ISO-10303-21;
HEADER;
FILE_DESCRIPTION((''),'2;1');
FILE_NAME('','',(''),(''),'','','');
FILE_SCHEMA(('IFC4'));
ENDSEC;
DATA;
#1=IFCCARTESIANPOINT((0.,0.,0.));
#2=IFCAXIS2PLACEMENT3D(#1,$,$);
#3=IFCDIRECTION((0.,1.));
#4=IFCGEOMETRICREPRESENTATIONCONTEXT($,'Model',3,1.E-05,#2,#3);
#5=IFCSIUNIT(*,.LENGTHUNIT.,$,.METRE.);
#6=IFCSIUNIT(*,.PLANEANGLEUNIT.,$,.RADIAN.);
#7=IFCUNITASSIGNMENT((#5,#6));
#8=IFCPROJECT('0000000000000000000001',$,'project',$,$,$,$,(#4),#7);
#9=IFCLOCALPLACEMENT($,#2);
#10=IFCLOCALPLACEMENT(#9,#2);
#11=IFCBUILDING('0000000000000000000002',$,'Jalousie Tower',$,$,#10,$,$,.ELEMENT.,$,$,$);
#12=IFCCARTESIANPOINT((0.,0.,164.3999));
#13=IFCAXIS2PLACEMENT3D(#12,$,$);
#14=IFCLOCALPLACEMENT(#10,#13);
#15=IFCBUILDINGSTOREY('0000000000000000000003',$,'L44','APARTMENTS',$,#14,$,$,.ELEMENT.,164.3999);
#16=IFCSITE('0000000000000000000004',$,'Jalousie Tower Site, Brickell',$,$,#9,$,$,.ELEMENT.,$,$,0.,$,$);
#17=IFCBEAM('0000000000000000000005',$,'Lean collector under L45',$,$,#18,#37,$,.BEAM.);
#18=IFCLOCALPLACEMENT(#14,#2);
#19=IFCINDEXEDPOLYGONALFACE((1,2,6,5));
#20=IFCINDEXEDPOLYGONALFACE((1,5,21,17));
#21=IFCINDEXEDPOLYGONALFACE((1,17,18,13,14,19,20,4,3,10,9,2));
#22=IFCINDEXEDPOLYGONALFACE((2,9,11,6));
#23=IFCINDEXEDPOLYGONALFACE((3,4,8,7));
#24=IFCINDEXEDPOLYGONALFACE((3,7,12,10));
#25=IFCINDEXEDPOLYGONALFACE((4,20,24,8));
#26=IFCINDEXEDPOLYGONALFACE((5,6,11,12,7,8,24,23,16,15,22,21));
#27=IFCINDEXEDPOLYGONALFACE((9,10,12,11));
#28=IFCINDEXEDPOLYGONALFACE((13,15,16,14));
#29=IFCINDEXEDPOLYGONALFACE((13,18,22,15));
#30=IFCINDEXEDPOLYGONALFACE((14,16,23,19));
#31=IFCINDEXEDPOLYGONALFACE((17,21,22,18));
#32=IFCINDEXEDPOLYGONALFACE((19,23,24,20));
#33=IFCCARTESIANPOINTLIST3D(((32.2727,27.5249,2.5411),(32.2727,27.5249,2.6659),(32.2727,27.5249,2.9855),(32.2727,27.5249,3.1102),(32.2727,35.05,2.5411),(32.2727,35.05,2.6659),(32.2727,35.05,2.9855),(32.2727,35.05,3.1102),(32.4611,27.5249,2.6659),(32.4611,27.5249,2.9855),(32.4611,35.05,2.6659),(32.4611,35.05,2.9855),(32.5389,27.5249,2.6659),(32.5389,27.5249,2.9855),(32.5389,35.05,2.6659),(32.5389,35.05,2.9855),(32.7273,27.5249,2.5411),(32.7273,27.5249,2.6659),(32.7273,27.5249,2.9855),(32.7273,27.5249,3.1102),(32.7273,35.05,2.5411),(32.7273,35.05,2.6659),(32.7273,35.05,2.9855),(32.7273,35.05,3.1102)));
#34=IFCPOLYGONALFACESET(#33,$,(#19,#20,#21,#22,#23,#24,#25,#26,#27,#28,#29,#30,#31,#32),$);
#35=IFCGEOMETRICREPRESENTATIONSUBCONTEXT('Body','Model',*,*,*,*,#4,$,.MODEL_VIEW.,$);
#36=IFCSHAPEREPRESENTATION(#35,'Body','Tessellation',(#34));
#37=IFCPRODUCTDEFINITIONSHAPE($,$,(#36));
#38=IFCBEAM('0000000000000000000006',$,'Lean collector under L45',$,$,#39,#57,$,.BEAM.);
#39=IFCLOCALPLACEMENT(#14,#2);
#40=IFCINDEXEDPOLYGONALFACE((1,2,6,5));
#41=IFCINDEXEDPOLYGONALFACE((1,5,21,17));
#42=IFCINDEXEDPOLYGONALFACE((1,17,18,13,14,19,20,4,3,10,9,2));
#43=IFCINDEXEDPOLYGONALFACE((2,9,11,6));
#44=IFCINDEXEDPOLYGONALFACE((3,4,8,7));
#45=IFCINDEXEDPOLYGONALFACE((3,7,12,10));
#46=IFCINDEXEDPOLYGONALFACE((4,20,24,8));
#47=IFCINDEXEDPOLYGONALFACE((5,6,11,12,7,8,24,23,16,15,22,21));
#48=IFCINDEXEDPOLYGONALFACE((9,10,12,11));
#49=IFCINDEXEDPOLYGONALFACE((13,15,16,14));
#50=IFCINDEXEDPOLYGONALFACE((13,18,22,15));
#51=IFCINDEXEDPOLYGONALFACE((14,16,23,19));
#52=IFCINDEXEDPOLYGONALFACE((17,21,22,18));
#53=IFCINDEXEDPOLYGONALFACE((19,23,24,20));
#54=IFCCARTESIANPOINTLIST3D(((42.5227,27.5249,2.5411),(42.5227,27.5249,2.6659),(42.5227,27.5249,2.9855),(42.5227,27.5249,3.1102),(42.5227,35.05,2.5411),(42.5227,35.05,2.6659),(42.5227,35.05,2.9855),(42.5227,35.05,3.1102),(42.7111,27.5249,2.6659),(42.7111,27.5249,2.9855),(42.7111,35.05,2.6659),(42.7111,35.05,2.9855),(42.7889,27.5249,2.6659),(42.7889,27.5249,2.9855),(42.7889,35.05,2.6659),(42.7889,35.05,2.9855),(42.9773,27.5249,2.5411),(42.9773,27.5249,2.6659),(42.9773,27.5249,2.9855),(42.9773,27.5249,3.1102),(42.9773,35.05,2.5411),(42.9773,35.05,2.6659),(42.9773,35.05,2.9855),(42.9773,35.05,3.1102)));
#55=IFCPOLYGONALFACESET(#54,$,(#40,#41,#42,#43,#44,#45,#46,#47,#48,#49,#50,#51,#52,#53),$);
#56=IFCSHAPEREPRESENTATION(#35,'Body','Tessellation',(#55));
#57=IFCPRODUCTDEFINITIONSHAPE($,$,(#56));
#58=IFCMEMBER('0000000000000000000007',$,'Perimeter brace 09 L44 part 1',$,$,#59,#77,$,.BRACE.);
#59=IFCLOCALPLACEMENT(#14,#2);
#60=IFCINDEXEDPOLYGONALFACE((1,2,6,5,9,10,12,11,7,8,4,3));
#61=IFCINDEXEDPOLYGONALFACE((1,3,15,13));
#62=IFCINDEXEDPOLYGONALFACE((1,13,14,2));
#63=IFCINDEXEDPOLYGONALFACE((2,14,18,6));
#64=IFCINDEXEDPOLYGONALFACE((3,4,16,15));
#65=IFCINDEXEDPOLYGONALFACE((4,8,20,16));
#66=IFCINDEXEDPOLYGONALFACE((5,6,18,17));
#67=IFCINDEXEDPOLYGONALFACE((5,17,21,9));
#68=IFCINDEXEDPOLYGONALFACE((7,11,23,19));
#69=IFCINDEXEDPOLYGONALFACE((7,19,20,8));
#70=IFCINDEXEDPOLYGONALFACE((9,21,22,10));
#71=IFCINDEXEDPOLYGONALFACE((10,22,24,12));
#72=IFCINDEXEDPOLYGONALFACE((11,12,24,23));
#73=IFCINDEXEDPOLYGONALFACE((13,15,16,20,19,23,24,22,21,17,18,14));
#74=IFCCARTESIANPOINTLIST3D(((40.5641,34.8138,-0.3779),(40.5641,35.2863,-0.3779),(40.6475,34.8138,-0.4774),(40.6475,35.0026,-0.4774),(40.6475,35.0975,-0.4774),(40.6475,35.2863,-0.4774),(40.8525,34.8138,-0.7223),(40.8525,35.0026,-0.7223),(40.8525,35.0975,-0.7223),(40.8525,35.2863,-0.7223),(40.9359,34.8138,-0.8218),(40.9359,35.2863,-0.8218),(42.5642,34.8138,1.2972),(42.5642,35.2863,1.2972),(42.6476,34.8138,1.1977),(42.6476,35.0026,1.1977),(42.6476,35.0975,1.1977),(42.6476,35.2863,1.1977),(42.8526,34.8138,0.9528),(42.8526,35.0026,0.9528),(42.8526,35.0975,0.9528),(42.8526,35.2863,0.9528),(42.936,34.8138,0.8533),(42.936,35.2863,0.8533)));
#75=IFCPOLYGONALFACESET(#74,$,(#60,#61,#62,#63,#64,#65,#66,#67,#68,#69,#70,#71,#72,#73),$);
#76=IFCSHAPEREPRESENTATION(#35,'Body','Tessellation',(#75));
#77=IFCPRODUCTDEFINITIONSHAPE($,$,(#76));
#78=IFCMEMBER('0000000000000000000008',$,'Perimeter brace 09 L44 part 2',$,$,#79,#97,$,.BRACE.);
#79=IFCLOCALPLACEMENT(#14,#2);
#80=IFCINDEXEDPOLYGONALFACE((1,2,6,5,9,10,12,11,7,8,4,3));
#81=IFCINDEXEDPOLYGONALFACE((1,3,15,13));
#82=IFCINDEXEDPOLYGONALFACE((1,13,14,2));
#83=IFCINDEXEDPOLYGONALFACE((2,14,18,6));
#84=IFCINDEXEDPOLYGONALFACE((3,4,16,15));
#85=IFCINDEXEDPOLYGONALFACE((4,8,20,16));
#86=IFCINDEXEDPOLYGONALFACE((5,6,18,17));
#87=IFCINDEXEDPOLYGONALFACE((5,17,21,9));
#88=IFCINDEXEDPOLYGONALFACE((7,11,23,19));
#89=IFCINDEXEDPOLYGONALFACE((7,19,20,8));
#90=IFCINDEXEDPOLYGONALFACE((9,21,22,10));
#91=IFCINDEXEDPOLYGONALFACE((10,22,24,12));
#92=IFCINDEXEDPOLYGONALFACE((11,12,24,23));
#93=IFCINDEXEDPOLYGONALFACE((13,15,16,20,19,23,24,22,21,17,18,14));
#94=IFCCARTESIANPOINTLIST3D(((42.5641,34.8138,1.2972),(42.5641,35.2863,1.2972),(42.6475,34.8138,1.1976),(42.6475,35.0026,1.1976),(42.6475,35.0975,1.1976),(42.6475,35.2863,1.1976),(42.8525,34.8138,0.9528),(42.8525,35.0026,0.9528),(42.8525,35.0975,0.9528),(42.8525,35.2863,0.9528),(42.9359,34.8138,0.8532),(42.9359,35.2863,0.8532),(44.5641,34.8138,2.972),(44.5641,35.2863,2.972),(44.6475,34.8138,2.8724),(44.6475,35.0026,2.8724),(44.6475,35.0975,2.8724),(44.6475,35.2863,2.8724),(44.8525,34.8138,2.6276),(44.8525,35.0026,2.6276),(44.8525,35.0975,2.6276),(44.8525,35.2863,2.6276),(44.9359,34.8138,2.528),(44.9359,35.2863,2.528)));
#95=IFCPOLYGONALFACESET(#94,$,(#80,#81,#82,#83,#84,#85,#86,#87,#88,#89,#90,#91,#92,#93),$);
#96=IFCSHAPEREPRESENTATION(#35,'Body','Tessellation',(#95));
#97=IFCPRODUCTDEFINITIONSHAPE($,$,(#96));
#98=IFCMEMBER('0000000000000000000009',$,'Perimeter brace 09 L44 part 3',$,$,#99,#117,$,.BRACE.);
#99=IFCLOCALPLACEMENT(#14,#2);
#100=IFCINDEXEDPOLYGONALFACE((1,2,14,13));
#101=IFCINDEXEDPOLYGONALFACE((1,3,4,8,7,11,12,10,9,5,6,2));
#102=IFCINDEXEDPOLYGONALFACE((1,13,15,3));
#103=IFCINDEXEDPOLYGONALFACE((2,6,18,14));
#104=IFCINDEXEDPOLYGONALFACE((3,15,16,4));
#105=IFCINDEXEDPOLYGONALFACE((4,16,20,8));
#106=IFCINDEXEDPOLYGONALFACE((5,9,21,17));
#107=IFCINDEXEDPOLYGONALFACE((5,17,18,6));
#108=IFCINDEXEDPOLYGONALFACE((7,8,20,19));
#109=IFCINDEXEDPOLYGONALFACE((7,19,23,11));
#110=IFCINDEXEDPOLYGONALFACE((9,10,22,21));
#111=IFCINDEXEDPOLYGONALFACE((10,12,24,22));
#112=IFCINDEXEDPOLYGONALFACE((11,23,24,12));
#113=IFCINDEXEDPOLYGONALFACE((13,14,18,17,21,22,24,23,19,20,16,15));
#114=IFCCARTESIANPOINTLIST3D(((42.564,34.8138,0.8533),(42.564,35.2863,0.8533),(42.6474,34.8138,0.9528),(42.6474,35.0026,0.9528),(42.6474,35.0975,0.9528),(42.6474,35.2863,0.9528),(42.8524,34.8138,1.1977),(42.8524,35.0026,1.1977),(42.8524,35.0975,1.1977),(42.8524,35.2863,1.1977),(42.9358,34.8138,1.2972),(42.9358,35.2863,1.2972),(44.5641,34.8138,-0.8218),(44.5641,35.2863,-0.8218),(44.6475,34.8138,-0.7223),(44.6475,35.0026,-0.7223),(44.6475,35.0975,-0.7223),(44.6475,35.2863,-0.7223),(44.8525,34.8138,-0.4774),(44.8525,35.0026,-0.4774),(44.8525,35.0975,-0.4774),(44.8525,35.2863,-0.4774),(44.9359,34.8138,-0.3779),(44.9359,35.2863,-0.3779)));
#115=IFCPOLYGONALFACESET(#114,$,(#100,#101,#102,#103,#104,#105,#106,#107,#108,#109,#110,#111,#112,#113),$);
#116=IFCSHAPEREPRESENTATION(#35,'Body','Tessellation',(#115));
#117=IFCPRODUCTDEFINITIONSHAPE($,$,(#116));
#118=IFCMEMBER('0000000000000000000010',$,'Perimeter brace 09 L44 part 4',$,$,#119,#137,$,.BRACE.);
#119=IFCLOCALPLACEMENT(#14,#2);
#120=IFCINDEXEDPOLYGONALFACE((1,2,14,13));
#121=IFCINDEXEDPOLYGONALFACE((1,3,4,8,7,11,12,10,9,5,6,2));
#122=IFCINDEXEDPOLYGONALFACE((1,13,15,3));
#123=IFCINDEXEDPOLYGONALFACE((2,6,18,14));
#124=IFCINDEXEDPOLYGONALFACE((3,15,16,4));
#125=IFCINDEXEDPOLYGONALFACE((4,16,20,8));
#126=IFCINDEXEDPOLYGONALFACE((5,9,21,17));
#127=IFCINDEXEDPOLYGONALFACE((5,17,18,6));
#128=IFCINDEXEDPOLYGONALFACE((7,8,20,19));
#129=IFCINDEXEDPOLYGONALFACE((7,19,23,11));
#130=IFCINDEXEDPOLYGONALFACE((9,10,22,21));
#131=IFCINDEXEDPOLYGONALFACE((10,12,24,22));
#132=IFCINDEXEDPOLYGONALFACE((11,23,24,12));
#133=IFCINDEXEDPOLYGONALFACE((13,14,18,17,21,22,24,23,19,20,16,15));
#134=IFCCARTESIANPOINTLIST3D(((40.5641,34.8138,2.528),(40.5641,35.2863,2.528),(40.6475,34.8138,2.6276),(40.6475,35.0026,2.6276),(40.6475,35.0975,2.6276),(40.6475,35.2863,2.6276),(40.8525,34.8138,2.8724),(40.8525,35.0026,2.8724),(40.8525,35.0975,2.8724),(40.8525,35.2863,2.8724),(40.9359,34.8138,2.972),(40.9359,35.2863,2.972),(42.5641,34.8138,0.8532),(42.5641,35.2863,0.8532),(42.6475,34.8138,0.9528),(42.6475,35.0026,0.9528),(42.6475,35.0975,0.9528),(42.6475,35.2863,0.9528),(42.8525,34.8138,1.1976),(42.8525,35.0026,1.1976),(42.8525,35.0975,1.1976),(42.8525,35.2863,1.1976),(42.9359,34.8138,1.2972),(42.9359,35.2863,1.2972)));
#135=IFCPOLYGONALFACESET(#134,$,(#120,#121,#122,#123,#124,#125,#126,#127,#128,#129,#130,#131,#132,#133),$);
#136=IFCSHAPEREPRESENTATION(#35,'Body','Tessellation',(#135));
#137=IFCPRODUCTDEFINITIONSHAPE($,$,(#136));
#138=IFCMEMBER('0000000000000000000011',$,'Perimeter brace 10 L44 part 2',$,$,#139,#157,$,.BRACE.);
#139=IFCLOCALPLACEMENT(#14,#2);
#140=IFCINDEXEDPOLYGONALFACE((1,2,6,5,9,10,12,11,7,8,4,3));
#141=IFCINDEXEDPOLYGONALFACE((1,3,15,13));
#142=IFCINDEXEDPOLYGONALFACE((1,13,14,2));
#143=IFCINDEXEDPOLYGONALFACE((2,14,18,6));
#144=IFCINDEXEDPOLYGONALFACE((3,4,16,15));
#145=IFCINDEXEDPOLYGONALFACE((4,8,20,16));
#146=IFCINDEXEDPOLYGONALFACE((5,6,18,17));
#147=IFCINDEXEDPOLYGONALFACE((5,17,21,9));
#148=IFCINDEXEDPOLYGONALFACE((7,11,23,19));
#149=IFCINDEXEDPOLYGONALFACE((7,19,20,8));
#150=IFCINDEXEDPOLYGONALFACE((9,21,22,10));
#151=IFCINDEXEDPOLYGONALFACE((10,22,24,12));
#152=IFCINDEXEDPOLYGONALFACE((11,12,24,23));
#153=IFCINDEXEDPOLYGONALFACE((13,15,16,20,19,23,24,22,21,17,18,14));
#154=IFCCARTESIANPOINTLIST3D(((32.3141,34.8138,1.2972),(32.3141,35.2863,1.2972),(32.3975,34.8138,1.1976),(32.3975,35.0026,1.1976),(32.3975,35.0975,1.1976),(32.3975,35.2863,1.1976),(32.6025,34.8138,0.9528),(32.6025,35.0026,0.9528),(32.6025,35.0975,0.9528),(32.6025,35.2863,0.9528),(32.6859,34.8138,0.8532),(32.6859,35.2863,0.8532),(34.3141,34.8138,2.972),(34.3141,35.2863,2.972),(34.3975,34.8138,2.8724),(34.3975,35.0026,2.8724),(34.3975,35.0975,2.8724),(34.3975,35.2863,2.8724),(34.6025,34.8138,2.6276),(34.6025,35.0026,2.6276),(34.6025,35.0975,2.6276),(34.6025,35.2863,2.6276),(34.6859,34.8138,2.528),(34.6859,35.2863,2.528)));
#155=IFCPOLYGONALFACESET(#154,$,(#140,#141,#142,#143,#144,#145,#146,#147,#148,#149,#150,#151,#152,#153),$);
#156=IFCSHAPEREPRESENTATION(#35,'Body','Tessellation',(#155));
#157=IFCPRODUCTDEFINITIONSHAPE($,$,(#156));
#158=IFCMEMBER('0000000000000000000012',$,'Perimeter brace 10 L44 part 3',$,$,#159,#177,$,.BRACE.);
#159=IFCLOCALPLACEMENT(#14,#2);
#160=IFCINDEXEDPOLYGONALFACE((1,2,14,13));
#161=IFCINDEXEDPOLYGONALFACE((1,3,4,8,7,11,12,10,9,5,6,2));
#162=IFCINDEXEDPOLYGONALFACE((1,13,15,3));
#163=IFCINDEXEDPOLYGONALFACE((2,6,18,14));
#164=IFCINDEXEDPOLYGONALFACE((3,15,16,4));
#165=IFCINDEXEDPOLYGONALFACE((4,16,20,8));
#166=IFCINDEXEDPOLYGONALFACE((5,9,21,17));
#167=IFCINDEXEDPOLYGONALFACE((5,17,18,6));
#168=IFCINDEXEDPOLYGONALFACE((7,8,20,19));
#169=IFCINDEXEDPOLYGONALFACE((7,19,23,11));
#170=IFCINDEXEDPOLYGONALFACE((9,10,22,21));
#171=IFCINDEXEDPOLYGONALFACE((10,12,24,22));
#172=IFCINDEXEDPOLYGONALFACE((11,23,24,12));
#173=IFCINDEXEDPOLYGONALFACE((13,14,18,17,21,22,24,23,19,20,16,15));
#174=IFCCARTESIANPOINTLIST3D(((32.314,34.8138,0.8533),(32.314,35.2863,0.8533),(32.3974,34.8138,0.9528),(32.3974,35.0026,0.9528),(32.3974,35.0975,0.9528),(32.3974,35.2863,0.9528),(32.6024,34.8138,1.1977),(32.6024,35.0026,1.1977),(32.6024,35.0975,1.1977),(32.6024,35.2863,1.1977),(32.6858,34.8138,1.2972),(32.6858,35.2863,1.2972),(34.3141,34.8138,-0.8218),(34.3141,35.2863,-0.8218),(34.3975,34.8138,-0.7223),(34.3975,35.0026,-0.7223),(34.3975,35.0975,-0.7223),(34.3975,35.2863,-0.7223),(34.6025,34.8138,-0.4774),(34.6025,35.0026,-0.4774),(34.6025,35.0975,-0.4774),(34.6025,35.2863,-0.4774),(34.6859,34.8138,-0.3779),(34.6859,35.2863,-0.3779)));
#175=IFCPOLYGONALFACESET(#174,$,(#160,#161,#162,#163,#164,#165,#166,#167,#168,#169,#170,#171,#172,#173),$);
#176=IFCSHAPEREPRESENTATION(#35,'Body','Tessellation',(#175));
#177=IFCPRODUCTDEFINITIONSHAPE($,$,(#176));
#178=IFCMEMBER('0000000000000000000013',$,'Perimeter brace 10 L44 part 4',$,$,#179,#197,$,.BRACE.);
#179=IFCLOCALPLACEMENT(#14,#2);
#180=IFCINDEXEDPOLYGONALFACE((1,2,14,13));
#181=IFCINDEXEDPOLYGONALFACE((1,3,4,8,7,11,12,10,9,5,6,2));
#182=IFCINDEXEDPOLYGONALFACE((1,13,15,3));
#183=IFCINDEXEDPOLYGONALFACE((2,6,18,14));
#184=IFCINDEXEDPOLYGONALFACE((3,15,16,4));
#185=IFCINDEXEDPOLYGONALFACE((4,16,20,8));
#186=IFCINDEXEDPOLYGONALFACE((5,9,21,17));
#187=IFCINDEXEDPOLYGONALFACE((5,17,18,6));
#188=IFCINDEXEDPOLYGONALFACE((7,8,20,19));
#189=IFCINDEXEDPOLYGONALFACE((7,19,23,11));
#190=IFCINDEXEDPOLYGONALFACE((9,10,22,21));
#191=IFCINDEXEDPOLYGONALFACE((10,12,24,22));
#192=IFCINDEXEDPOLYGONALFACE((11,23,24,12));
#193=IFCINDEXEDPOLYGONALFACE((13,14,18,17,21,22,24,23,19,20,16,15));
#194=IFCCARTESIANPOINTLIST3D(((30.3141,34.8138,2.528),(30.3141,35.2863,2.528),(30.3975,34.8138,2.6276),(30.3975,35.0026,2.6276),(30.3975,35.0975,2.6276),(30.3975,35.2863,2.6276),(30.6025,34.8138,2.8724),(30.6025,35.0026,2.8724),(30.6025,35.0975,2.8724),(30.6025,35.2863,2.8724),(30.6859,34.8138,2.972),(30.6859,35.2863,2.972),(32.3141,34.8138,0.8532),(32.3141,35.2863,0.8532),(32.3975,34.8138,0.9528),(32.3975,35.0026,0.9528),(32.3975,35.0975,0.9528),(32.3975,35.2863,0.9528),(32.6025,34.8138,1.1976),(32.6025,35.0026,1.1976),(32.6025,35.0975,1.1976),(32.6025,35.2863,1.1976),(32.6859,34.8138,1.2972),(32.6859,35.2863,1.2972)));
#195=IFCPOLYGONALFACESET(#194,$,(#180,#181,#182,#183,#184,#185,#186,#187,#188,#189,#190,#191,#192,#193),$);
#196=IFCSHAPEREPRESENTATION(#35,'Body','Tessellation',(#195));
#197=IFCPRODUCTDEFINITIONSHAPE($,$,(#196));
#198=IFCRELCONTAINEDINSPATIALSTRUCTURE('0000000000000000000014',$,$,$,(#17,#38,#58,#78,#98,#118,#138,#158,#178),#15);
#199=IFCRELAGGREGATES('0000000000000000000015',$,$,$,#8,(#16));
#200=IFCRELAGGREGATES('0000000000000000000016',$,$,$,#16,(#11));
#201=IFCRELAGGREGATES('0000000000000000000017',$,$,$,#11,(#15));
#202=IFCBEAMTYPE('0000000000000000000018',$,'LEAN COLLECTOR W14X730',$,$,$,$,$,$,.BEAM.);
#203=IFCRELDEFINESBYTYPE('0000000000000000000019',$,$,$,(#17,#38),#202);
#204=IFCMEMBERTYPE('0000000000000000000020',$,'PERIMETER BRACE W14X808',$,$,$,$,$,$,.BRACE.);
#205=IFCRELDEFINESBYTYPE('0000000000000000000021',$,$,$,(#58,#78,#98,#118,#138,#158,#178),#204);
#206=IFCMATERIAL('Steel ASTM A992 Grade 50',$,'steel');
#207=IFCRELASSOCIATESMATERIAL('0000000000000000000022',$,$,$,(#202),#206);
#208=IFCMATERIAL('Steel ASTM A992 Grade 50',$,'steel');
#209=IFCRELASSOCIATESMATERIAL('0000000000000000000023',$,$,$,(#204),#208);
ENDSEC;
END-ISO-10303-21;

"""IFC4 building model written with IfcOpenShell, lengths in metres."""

from ifc_helpers import new_model, si_unit, direction, frame, origin, origin_2d, place, context, subcontext, project, spatial, i_section, extrude, material, material_profile, profile_set, type_object, element, save


model = new_model("IFC4")

# Units and contexts
model_context = context("Model", 3, precision=1e-05, world=origin(), true_north=direction((0.0, 1.0)))
body_context = subcontext(model_context, "Body", "Model", "MODEL_VIEW")
ifc_project = project(units=[si_unit("LENGTHUNIT", "METRE"), si_unit("PLANEANGLEUNIT", "RADIAN")], contexts=[model_context])

# Site, building, storey
site_placement = place(None, origin())
site = spatial("IfcSite", under=ifc_project, at=site_placement, Name="Jalousie Tower Site, Brickell", CompositionType="ELEMENT", RefElevation=0.0)
building_placement = place(site_placement, origin())
building = spatial("IfcBuilding", under=site, at=building_placement, Name="Jalousie Tower", CompositionType="ELEMENT")
storey_placement = place(building_placement, frame((0.0, 0.0, 164.3999)))
storey = spatial("IfcBuildingStorey", under=building, at=storey_placement, Name="L44", Description="APARTMENTS", CompositionType="ELEMENT", Elevation=164.3999)

# Beams
ifc_material_1 = material(Name="Steel ASTM A992 Grade 50", Category="steel")
ifc_material_profile_1 = material_profile(ifc_material_1, i_section(OverallWidth=0.4546, OverallDepth=0.5691, WebThickness=0.0779, FlangeThickness=0.1248, at=origin_2d()), Name="W14X730")
ifc_profile_set_1 = profile_set([ifc_material_profile_1], Name="Steel ASTM A992 Grade 50")
beam_type_1 = type_object("IfcBeamType", Name="LEAN COLLECTOR W14X730", PredefinedType="BEAM", material=ifc_profile_set_1)
for number, where, z_axis, x_axis, name in (
    (1, (32.5, 35.05, 2.8257), (0.0, -1.0, 0.0), (1.0, 0.0, 0.0), "Lean collector under L45"),
    (2, (42.75, 35.05, 2.8257), (0.0, -1.0, 0.0), (1.0, 0.0, 0.0), "Lean collector under L45"),
):
    element("IfcBeam", number, at=place(storey_placement, frame(where, z_axis=z_axis, x_axis=x_axis)), inside=storey, type_object=beam_type_1, Name=name, PredefinedType="BEAM", context=body_context, shape_type="SweptSolid", body=[
        extrude(i_section(OverallWidth=0.4546, OverallDepth=0.5691, WebThickness=0.0779, FlangeThickness=0.1248, at=origin_2d()), origin(), (0.0, 0.0, 1.0), 7.5251),
    ])

# Members
ifc_material_2 = material(Name="Steel ASTM A992 Grade 50", Category="steel")
ifc_material_profile_2 = material_profile(ifc_material_2, i_section(OverallWidth=0.4724, OverallDepth=0.5791, WebThickness=0.095, FlangeThickness=0.1299, at=origin_2d()), Name="W14X808")
ifc_profile_set_2 = profile_set([ifc_material_profile_2], Name="Steel ASTM A992 Grade 50")
member_type_1 = type_object("IfcMemberType", Name="PERIMETER BRACE W14X808", PredefinedType="BRACE", material=ifc_profile_set_2)
member_1_placement = place(storey_placement, frame((40.75, 35.05, -0.5999), z_axis=(0.766639, 0.0, 0.642079), x_axis=(0.0, 1.0, 0.0)))
element("IfcMember", 3, at=member_1_placement, inside=storey, type_object=member_type_1, Name="Perimeter brace 09 L44 part 1", PredefinedType="BRACE", context=body_context, shape_type="SweptSolid", body=[
    extrude(i_section(OverallWidth=0.4724, OverallDepth=0.5791, WebThickness=0.095, FlangeThickness=0.1299, at=origin_2d()), origin(), (0.0, 0.0, 1.0), 2.6089),
])
member_2_placement = place(storey_placement, frame((42.75, 35.05, 1.0752), z_axis=(0.766685, 0.0, 0.642024), x_axis=(0.0, 1.0, 0.0)))
element("IfcMember", 4, at=member_2_placement, inside=storey, type_object=member_type_1, Name="Perimeter brace 09 L44 part 2", PredefinedType="BRACE", context=body_context, shape_type="SweptSolid", body=[
    extrude(i_section(OverallWidth=0.4724, OverallDepth=0.5791, WebThickness=0.095, FlangeThickness=0.1299, at=origin_2d()), origin(), (0.0, 0.0, 1.0), 2.6086),
])
member_3_placement = place(storey_placement, frame((44.75, 35.05, -0.5999), z_axis=(-0.766639, 0.0, 0.642079), x_axis=(0.0, -1.0, 0.0)))
element("IfcMember", 5, at=member_3_placement, inside=storey, type_object=member_type_1, Name="Perimeter brace 09 L44 part 3", PredefinedType="BRACE", context=body_context, shape_type="SweptSolid", body=[
    extrude(i_section(OverallWidth=0.4724, OverallDepth=0.5791, WebThickness=0.095, FlangeThickness=0.1299, at=origin_2d()), origin(), (0.0, 0.0, 1.0), 2.6089),
])
for number, where, z_axis, x_axis, name in (
    (6, (42.75, 35.05, 1.0752), (-0.766685, 0.0, 0.642024), (0.0, -1.0, 0.0), "Perimeter brace 09 L44 part 4"),
    (7, (32.5, 35.05, 1.0752), (0.766685, 0.0, 0.642024), (0.0, 1.0, 0.0), "Perimeter brace 10 L44 part 2"),
):
    element("IfcMember", number, at=place(storey_placement, frame(where, z_axis=z_axis, x_axis=x_axis)), inside=storey, type_object=member_type_1, Name=name, PredefinedType="BRACE", context=body_context, shape_type="SweptSolid", body=[
        extrude(i_section(OverallWidth=0.4724, OverallDepth=0.5791, WebThickness=0.095, FlangeThickness=0.1299, at=origin_2d()), origin(), (0.0, 0.0, 1.0), 2.6086),
    ])
member_4_placement = place(storey_placement, frame((34.5, 35.05, -0.5999), z_axis=(-0.766639, 0.0, 0.642079), x_axis=(0.0, -1.0, 0.0)))
element("IfcMember", 8, at=member_4_placement, inside=storey, type_object=member_type_1, Name="Perimeter brace 10 L44 part 3", PredefinedType="BRACE", context=body_context, shape_type="SweptSolid", body=[
    extrude(i_section(OverallWidth=0.4724, OverallDepth=0.5791, WebThickness=0.095, FlangeThickness=0.1299, at=origin_2d()), origin(), (0.0, 0.0, 1.0), 2.6089),
])
member_5_placement = place(storey_placement, frame((32.5, 35.05, 1.0752), z_axis=(-0.766685, 0.0, 0.642024), x_axis=(0.0, -1.0, 0.0)))
element("IfcMember", 9, at=member_5_placement, inside=storey, type_object=member_type_1, Name="Perimeter brace 10 L44 part 4", PredefinedType="BRACE", context=body_context, shape_type="SweptSolid", body=[
    extrude(i_section(OverallWidth=0.4724, OverallDepth=0.5791, WebThickness=0.095, FlangeThickness=0.1299, at=origin_2d()), origin(), (0.0, 0.0, 1.0), 2.6086),
])

save(model, "model.ifc")
